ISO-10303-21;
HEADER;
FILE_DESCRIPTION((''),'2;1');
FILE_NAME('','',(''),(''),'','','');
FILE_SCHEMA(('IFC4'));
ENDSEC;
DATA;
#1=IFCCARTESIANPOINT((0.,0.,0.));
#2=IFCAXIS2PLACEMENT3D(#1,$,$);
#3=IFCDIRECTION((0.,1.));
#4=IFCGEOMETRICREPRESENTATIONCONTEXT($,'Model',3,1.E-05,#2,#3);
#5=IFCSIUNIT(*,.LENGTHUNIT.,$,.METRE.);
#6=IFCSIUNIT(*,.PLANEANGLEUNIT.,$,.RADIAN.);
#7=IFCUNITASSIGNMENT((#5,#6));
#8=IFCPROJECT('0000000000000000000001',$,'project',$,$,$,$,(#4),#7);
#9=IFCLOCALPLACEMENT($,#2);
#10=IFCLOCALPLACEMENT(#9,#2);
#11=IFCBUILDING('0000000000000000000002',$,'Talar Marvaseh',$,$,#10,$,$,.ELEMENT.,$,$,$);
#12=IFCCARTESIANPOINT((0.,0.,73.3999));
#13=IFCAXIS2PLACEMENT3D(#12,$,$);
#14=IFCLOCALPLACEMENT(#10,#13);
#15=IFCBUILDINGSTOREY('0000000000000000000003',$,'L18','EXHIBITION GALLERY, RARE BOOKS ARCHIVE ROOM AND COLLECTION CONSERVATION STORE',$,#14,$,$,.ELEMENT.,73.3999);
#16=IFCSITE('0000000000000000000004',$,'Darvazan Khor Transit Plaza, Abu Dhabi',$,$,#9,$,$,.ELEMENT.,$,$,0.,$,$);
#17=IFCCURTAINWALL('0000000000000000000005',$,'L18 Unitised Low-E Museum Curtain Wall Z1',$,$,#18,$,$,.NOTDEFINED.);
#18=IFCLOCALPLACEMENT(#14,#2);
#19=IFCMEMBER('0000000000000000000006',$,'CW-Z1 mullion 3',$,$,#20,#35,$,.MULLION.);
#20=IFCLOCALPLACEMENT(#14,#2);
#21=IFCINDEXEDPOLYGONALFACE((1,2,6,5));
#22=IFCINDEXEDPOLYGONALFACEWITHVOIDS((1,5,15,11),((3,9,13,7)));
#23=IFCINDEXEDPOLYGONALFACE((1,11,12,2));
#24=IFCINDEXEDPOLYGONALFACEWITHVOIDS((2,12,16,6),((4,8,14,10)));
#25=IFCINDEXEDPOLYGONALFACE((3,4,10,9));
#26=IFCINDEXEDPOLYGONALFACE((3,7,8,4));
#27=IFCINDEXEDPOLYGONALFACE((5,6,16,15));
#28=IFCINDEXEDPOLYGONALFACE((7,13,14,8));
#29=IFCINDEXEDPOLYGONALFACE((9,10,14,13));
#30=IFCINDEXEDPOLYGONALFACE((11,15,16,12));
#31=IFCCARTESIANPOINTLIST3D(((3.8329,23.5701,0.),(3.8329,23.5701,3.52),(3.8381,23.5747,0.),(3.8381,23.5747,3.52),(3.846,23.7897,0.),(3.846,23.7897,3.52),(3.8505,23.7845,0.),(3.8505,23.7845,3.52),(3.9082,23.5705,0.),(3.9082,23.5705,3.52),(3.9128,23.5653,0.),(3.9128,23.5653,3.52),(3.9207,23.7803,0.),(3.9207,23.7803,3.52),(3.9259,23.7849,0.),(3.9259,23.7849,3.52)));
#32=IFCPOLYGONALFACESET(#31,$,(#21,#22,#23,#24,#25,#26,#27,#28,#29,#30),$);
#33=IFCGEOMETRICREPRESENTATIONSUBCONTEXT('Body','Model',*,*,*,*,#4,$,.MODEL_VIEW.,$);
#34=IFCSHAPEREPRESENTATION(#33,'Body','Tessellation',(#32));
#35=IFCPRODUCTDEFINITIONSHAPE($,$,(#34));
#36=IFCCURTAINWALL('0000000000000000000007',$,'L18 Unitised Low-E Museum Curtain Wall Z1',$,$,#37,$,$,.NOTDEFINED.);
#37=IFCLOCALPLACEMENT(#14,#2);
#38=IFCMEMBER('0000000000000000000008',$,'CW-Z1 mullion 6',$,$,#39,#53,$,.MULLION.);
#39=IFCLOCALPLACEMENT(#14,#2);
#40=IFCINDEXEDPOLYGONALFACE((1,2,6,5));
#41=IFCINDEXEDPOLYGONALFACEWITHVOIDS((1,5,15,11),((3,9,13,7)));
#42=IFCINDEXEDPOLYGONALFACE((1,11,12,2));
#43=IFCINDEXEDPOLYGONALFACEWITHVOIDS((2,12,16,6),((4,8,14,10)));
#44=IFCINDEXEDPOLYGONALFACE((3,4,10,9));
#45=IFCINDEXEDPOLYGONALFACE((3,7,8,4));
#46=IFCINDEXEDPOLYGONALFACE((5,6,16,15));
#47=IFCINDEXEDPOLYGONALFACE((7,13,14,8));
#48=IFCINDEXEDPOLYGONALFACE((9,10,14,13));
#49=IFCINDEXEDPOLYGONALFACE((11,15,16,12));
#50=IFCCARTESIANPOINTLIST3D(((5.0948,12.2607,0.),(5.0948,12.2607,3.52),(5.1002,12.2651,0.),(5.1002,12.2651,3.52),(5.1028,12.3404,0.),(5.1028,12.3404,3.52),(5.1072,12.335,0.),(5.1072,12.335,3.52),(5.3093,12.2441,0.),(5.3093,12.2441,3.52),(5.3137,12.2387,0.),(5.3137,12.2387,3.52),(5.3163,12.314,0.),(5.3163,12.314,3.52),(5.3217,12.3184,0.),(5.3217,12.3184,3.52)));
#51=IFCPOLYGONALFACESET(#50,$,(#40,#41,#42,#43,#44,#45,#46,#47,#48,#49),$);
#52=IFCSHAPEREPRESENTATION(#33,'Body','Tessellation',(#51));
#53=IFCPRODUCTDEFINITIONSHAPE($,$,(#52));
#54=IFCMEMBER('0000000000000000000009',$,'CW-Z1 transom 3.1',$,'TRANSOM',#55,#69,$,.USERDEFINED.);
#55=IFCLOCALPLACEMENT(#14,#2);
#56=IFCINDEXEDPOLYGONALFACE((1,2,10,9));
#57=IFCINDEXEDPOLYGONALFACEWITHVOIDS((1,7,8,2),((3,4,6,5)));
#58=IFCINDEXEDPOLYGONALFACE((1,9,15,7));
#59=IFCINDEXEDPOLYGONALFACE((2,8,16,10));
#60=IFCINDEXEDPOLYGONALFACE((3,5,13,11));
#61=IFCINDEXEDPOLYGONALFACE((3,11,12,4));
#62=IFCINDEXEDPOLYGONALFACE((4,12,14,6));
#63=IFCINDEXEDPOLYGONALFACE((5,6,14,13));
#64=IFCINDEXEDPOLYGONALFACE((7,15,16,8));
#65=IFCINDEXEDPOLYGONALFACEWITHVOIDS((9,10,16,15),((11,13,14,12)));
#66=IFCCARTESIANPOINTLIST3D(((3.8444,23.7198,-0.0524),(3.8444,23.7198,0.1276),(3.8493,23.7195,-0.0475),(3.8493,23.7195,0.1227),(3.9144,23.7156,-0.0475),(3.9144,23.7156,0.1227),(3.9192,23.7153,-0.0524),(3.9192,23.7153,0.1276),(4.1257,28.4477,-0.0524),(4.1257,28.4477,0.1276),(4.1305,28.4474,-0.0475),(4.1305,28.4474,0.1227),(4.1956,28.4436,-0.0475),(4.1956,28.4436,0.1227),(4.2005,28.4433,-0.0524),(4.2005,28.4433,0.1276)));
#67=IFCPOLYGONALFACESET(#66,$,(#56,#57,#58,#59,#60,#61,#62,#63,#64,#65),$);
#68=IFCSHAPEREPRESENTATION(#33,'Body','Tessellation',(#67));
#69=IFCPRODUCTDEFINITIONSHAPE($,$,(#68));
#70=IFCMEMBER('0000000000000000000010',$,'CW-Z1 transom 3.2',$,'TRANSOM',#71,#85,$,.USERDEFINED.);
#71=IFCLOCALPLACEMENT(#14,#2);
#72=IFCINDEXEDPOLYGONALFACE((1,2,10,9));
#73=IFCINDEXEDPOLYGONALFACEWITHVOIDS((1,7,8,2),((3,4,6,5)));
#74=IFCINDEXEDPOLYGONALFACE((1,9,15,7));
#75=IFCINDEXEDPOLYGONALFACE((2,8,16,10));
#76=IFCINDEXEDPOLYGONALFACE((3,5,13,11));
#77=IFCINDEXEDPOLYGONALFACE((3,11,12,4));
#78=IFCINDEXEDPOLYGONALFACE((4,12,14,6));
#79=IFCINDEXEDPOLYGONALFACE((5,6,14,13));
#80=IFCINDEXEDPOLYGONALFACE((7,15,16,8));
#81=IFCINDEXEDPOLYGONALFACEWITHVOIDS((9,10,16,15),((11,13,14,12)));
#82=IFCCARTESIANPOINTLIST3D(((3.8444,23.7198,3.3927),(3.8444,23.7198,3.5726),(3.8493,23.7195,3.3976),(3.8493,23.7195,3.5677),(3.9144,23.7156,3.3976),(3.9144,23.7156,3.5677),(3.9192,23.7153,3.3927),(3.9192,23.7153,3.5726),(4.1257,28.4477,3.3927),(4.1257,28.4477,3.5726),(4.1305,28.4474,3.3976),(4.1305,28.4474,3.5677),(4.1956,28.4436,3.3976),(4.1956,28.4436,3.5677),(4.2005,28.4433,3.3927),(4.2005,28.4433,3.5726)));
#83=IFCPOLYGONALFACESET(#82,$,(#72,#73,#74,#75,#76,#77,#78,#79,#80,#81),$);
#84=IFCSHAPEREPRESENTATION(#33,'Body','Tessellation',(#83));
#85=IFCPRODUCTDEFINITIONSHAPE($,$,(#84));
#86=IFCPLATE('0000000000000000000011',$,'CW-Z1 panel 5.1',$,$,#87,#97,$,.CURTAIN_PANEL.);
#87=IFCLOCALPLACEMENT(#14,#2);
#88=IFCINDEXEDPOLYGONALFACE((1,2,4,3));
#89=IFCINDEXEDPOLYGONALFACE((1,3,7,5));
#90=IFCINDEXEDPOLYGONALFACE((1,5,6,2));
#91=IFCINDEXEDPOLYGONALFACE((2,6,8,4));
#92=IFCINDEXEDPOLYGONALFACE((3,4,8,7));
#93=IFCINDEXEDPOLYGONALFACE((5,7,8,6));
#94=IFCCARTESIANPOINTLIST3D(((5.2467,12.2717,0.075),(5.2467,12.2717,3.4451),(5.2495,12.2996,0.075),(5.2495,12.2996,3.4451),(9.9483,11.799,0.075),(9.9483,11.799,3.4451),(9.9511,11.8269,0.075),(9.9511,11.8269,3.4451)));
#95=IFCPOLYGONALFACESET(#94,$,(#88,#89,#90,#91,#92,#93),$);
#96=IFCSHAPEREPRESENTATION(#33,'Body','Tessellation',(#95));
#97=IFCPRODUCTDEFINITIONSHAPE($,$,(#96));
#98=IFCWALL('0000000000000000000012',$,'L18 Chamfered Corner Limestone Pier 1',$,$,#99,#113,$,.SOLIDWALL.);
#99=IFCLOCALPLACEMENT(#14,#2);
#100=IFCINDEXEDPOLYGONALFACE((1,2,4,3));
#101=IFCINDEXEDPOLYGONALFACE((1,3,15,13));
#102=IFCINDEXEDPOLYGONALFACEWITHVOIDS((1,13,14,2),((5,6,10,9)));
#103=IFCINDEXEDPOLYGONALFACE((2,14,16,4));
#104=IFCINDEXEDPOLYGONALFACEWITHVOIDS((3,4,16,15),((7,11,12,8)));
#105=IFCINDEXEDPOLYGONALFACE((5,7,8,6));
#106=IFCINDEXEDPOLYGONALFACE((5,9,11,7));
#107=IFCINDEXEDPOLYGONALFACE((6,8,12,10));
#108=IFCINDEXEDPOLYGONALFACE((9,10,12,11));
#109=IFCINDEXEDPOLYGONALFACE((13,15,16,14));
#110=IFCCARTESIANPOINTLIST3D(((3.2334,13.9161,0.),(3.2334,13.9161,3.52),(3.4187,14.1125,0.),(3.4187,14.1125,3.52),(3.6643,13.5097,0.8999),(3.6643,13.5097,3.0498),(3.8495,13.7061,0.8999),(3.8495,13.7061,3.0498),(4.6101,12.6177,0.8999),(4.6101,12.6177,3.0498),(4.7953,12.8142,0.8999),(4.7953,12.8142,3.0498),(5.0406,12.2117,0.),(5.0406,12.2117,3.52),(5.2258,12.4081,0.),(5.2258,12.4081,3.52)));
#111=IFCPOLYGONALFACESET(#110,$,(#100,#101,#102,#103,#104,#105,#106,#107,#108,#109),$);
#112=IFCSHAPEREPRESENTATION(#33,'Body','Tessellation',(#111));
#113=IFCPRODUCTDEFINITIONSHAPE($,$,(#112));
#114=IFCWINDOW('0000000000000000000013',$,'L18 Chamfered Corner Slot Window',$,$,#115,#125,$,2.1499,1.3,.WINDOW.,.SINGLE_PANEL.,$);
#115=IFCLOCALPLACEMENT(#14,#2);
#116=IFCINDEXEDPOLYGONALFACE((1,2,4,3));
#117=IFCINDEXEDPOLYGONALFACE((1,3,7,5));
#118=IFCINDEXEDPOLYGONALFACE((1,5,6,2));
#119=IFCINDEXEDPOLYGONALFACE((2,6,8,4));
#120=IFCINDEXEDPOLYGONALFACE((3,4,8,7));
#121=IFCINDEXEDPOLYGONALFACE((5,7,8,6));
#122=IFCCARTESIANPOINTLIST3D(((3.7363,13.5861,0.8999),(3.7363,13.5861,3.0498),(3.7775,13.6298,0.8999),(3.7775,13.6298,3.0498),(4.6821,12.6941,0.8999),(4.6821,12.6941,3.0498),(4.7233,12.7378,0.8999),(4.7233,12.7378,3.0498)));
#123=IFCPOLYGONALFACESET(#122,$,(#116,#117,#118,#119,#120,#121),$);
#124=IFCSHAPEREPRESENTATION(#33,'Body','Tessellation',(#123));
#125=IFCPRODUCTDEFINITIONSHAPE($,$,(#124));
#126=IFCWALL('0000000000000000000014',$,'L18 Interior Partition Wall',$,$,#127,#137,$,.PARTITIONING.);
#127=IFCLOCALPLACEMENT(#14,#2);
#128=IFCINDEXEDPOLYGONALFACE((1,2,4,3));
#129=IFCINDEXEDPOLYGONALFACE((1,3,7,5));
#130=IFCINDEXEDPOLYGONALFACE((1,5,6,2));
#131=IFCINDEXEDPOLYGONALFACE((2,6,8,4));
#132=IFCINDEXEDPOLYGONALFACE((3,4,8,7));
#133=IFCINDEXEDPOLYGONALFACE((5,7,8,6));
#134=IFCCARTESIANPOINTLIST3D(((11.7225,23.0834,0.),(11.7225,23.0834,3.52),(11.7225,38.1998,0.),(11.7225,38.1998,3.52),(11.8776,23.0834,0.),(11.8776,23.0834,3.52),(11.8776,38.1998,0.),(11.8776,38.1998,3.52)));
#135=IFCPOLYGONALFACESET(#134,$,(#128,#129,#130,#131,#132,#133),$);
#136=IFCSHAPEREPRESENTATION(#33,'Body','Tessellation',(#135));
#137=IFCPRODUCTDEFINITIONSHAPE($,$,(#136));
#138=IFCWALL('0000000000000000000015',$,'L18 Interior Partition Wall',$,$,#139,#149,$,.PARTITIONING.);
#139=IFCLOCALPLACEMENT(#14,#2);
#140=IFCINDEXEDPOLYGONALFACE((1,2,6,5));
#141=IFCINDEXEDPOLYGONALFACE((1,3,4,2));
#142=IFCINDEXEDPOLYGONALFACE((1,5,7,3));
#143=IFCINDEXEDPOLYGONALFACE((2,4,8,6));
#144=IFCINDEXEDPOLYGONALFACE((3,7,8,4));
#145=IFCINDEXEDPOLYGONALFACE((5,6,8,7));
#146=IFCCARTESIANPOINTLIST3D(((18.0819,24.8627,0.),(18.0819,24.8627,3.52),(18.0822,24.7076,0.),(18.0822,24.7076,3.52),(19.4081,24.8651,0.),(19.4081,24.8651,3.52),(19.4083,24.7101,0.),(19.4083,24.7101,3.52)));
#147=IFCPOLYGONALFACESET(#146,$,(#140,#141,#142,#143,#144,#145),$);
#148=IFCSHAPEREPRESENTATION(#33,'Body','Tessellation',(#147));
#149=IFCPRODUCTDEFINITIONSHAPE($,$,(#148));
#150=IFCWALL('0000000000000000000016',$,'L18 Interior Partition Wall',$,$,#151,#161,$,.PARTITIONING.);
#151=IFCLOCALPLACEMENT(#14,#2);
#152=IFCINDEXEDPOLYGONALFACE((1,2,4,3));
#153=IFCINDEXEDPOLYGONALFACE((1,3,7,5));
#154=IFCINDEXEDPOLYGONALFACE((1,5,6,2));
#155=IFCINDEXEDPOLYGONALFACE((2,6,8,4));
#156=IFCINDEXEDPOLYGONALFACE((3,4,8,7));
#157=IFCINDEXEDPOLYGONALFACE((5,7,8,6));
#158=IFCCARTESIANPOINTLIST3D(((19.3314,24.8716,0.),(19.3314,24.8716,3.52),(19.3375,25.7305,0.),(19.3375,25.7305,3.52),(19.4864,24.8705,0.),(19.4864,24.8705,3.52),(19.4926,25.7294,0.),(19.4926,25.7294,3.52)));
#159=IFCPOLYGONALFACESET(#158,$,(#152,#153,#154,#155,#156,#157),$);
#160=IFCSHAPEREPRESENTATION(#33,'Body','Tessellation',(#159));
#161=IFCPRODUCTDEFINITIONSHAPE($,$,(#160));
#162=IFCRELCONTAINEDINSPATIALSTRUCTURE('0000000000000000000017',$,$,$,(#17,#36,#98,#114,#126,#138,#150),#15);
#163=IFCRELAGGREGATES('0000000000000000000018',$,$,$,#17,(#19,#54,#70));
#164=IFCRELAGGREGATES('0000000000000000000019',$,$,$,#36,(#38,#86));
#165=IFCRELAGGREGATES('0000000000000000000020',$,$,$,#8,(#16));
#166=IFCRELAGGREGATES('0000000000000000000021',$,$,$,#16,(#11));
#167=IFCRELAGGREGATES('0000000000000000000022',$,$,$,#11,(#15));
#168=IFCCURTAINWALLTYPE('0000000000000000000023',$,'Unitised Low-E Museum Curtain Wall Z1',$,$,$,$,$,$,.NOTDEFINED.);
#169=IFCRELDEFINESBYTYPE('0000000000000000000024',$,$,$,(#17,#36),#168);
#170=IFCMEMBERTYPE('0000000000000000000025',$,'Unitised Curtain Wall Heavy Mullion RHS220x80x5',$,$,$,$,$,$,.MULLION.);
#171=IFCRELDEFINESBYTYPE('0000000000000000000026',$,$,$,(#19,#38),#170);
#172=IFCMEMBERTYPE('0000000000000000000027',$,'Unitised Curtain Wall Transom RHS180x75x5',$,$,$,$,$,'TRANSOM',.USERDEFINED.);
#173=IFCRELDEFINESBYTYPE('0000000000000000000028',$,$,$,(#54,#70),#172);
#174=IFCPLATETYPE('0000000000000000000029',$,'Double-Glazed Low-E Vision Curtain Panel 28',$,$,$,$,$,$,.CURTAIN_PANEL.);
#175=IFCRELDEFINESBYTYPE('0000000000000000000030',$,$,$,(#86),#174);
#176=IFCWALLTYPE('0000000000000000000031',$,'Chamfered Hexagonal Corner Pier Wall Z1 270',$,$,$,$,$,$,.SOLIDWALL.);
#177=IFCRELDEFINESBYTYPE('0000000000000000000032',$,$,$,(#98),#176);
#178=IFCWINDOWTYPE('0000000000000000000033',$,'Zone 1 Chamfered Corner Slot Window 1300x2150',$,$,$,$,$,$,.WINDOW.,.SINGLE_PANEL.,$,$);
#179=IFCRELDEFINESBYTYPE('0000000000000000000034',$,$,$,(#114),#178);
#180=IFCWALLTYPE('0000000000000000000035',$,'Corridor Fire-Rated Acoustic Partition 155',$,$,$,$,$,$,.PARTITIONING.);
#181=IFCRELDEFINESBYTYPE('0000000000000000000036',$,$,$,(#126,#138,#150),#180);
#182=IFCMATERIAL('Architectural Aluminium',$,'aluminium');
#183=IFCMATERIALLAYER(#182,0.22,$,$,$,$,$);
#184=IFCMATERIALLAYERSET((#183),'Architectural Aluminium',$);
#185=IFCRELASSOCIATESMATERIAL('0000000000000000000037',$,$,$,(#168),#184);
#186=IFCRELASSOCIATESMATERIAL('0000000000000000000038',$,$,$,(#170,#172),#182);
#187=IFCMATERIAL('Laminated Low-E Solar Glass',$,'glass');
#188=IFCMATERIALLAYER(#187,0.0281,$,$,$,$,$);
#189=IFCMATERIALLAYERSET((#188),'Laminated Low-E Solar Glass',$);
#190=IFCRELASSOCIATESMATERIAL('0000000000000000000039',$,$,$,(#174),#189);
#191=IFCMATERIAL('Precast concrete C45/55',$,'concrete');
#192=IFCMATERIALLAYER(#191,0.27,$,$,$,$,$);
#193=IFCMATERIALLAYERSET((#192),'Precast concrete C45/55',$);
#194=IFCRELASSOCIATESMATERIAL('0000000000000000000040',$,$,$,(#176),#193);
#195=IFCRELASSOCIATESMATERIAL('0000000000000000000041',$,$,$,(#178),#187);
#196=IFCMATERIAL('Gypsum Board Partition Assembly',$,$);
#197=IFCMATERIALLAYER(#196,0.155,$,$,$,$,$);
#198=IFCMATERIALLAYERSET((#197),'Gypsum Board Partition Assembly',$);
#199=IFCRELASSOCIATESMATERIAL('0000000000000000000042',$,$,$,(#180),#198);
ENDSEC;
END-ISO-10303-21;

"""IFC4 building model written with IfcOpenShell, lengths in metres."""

from ifc_helpers import new_model, si_unit, direction, frame, frame_2d, origin, origin_2d, place, context, subcontext, project, spatial, rectangle, hollow_rectangle, extrude, source, transform, mapped, material, layer, layer_set, material_profile, profile_set, type_object, type_shapes, element, fill, aggregate, save


model = new_model("IFC4")

# Units and contexts
model_context = context("Model", 3, precision=1e-05, world=origin(), true_north=direction((0.0, 1.0)))
body_context = subcontext(model_context, "Body", "Model", "MODEL_VIEW")
ifc_project = project(units=[si_unit("LENGTHUNIT", "METRE"), si_unit("PLANEANGLEUNIT", "RADIAN")], contexts=[model_context])

# Site, building, storey
site_placement = place(None, origin())
site = spatial("IfcSite", under=ifc_project, at=site_placement, Name="Darvazan Khor Transit Plaza, Abu Dhabi", CompositionType="ELEMENT", RefElevation=0.0)
building_placement = place(site_placement, origin())
building = spatial("IfcBuilding", under=site, at=building_placement, Name="Talar Marvaseh", CompositionType="ELEMENT")
storey_placement = place(building_placement, frame((0.0, 0.0, 73.3999)))
storey = spatial("IfcBuildingStorey", under=building, at=storey_placement, Name="L18", Description="EXHIBITION GALLERY, RARE BOOKS ARCHIVE ROOM AND COLLECTION CONSERVATION STORE", CompositionType="ELEMENT", Elevation=73.3999)

# Curtain walls, members
ifc_material_1 = material(Name="Architectural Aluminium", Category="aluminium")
ifc_layer_1 = layer(ifc_material_1, 0.22)
ifc_layer_set_1 = layer_set([ifc_layer_1], Name="Architectural Aluminium")
curtain_wall_type = type_object("IfcCurtainWallType", Name="Unitised Low-E Museum Curtain Wall Z1", PredefinedType="NOTDEFINED", material=ifc_layer_set_1)
curtain_wall_1_placement = place(storey_placement, origin())
curtain_wall_1 = element("IfcCurtainWall", 1, at=curtain_wall_1_placement, inside=storey, type_object=curtain_wall_type, Name="L18 Unitised Low-E Museum Curtain Wall Z1", PredefinedType="NOTDEFINED")
ifc_material_profile_1 = material_profile(ifc_material_1, hollow_rectangle(XDim=0.0801, YDim=0.22, WallThickness=0.0049, at=origin_2d()), Name="RHS220x80x5")
ifc_profile_set_1 = profile_set([ifc_material_profile_1], Name="Architectural Aluminium")
member_type_1 = type_object("IfcMemberType", Name="Unitised Curtain Wall Heavy Mullion RHS220x80x5", PredefinedType="MULLION", material=ifc_profile_set_1)
shared_shape_1 = source(origin(), body_context, "Body", "SweptSolid", [
    extrude(hollow_rectangle(XDim=0.0801, YDim=0.22, WallThickness=0.0049, at=origin_2d()), origin(), (0.0, 0.0, 1.0), 3.52),
])
type_shapes(member_type_1, [shared_shape_1])
member_1_placement = place(storey_placement, frame((3.8794, 23.6775, 0.0), z_axis=(0.0, 0.0, 1.0), x_axis=(-0.998236, 0.059373, 0.0)))
member_1 = element("IfcMember", 2, at=member_1_placement, type_object=member_type_1, Name="CW-Z1 mullion 3", PredefinedType="MULLION", context=body_context, shape_type="MappedRepresentation", body=[
    mapped(shared_shape_1, transform((0.0, 0.0, 0.0), x_axis=(1.0, 0.0, 0.0), y_axis=(0.0, 1.0, 0.0), z_axis=(0.0, 0.0, 1.0), scale=1.0)),
])
curtain_wall_2_placement = place(storey_placement, origin())
curtain_wall_2 = element("IfcCurtainWall", 3, at=curtain_wall_2_placement, inside=storey, type_object=curtain_wall_type, Name="L18 Unitised Low-E Museum Curtain Wall Z1", PredefinedType="NOTDEFINED")
member_2_placement = place(storey_placement, frame((5.2083, 12.2896, 0.0), z_axis=(0.0, 0.0, 1.0), x_axis=(-0.100034, -0.994984, 0.0)))
member_2 = element("IfcMember", 4, at=member_2_placement, type_object=member_type_1, Name="CW-Z1 mullion 6", PredefinedType="MULLION", context=body_context, shape_type="MappedRepresentation", body=[
    mapped(shared_shape_1, transform((0.0, 0.0, 0.0), x_axis=(1.0, 0.0, 0.0), y_axis=(0.0, 1.0, 0.0), z_axis=(0.0, 0.0, 1.0), scale=1.0)),
])

# Members
ifc_material_profile_2 = material_profile(ifc_material_1, hollow_rectangle(XDim=0.075, YDim=0.1799, WallThickness=0.0049, at=origin_2d()), Name="RHS180x75x5")
ifc_profile_set_2 = profile_set([ifc_material_profile_2], Name="Architectural Aluminium")
member_type_2 = type_object("IfcMemberType", Name="Unitised Curtain Wall Transom RHS180x75x5", ElementType="TRANSOM", PredefinedType="USERDEFINED", material=ifc_profile_set_2)
shared_shape_2 = source(origin(), body_context, "Body", "SweptSolid", [
    extrude(hollow_rectangle(XDim=0.075, YDim=0.1799, WallThickness=0.0049, at=origin_2d()), origin(), (0.0, 0.0, 1.0), 4.7363),
])
type_shapes(member_type_2, [shared_shape_2])
member_3_placement = place(storey_placement, frame((3.8818, 23.7175, 0.0376), z_axis=(0.059381, 0.998235, 0.0), x_axis=(-0.998235, 0.059381, 0.0)))
member_3 = element("IfcMember", 5, at=member_3_placement, type_object=member_type_2, Name="CW-Z1 transom 3.1", ObjectType="TRANSOM", PredefinedType="USERDEFINED", context=body_context, shape_type="MappedRepresentation", body=[
    mapped(shared_shape_2, transform((0.0, 0.0, 0.0), x_axis=(1.0, 0.0, 0.0), y_axis=(0.0, 1.0, 0.0), z_axis=(0.0, 0.0, 1.0), scale=1.0)),
])
member_4_placement = place(storey_placement, frame((3.8818, 23.7175, 3.4827), z_axis=(0.059381, 0.998235, 0.0), x_axis=(-0.998235, 0.059381, 0.0)))
member_4 = element("IfcMember", 6, at=member_4_placement, type_object=member_type_2, Name="CW-Z1 transom 3.2", ObjectType="TRANSOM", PredefinedType="USERDEFINED", context=body_context, shape_type="MappedRepresentation", body=[
    mapped(shared_shape_2, transform((0.0, 0.0, 0.0), x_axis=(1.0, 0.0, 0.0), y_axis=(0.0, 1.0, 0.0), z_axis=(0.0, 0.0, 1.0), scale=1.0)),
])
aggregate(curtain_wall_1, [member_1, member_3, member_4])

# Plate
ifc_material_2 = material(Name="Laminated Low-E Solar Glass", Category="glass")
ifc_layer_2 = layer(ifc_material_2, 0.0281)
ifc_layer_set_2 = layer_set([ifc_layer_2], Name="Laminated Low-E Solar Glass")
plate_type = type_object("IfcPlateType", Name="Double-Glazed Low-E Vision Curtain Panel 28", PredefinedType="CURTAIN_PANEL", material=ifc_layer_set_2)
shared_shape_3 = source(origin(), body_context, "Body", "SweptSolid", [
    extrude(rectangle(XDim=4.7253, YDim=0.0281, at=origin_2d()), origin(), (0.0, 0.0, 1.0), 3.3701),
])
type_shapes(plate_type, [shared_shape_3])
plate_placement = place(storey_placement, frame((7.5989, 12.0493, 0.075), z_axis=(0.0, 0.0, 1.0), x_axis=(-0.994984, 0.100034, 0.0)))
plate = element("IfcPlate", 7, at=plate_placement, type_object=plate_type, Name="CW-Z1 panel 5.1", PredefinedType="CURTAIN_PANEL", context=body_context, shape_type="MappedRepresentation", body=[
    mapped(shared_shape_3, transform((0.0, 0.0, 0.0), x_axis=(1.0, 0.0, 0.0), y_axis=(0.0, 1.0, 0.0), z_axis=(0.0, 0.0, 1.0), scale=1.0)),
])
aggregate(curtain_wall_2, [member_2, plate])

# Wall, opening, window
ifc_material_3 = material(Name="Precast concrete C45/55", Category="concrete")
ifc_layer_3 = layer(ifc_material_3, 0.27)
ifc_layer_set_3 = layer_set([ifc_layer_3], Name="Precast concrete C45/55")
wall_type_1 = type_object("IfcWallType", Name="Chamfered Hexagonal Corner Pier Wall Z1 270", PredefinedType="SOLIDWALL", material=ifc_layer_set_3)
wall_1_placement = place(storey_placement, frame((5.1333, 12.3098, 0.0), z_axis=(0.0, 0.0, 1.0), x_axis=(-0.727493, 0.686115, 0.0)))
wall_1 = element("IfcWall", 8, at=wall_1_placement, inside=storey, type_object=wall_type_1, Name="L18 Chamfered Corner Limestone Pier 1", PredefinedType="SOLIDWALL", context=body_context, shape_type="SweptSolid", body=[
    extrude(rectangle(XDim=2.4841, YDim=0.27, at=frame_2d((1.2422, 0.0))), origin(), (0.0, 0.0, 1.0), 3.52),
])
opening_placement = place(wall_1_placement, frame((0.592, 0.0, 0.8999)))
opening = element("IfcOpeningElement", 9, at=opening_placement, cuts=wall_1, PredefinedType="OPENING", context=body_context, shape_type="SweptSolid", body=[
    extrude(rectangle(XDim=1.3, YDim=2.1499, at=frame_2d((0.6499, 1.075))), frame((0.0, 0.145, 0.0), z_axis=(0.0, -1.0, 0.0), x_axis=(1.0, 0.0, 0.0)), (0.0, 0.0, 1.0), 0.29),
])
window_type = type_object("IfcWindowType", Name="Zone 1 Chamfered Corner Slot Window 1300x2150", PartitioningType="SINGLE_PANEL", PredefinedType="WINDOW", material=ifc_material_2)
shared_shape_4 = source(origin(), body_context, "Body", "SweptSolid", [
    extrude(rectangle(XDim=1.3, YDim=2.1499, at=frame_2d((0.6499, 1.075))), frame((0.0, 0.03, 0.0), z_axis=(0.0, -1.0, 0.0), x_axis=(1.0, 0.0, 0.0)), (0.0, 0.0, 1.0), 0.0601),
])
type_shapes(window_type, [shared_shape_4])
window_placement = place(opening_placement, origin())
window = element("IfcWindow", 10, at=window_placement, inside=storey, type_object=window_type, Name="L18 Chamfered Corner Slot Window", OverallHeight=2.1499, OverallWidth=1.3, PartitioningType="SINGLE_PANEL", PredefinedType="WINDOW", context=body_context, shape_type="MappedRepresentation", body=[
    mapped(shared_shape_4, transform((0.0, 0.0, 0.0), x_axis=(1.0, 0.0, 0.0), y_axis=(0.0, 1.0, 0.0), z_axis=(0.0, 0.0, 1.0), scale=1.0)),
])
fill(opening, window)

# Walls
ifc_material_4 = material(Name="Gypsum Board Partition Assembly")
ifc_layer_4 = layer(ifc_material_4, 0.155)
ifc_layer_set_4 = layer_set([ifc_layer_4], Name="Gypsum Board Partition Assembly")
wall_type_2 = type_object("IfcWallType", Name="Corridor Fire-Rated Acoustic Partition 155", PredefinedType="PARTITIONING", material=ifc_layer_set_4)
wall_2_placement = place(storey_placement, frame((11.8, 23.0835, 0.0), z_axis=(0.0, 0.0, 1.0), x_axis=(0.0, 1.0, 0.0)))
element("IfcWall", 11, at=wall_2_placement, inside=storey, type_object=wall_type_2, Name="L18 Interior Partition Wall", PredefinedType="PARTITIONING", context=body_context, shape_type="SweptSolid", body=[
    extrude(rectangle(XDim=15.1165, YDim=0.155, at=frame_2d((7.5581, 0.0))), origin(), (0.0, 0.0, 1.0), 3.52),
])
wall_3_placement = place(storey_placement, frame((18.082, 24.7852, 0.0), z_axis=(0.0, 0.0, 1.0), x_axis=(0.999998, 0.001841, 0.0)))
element("IfcWall", 12, at=wall_3_placement, inside=storey, type_object=wall_type_2, Name="L18 Interior Partition Wall", PredefinedType="PARTITIONING", context=body_context, shape_type="SweptSolid", body=[
    extrude(rectangle(XDim=1.3262, YDim=0.155, at=frame_2d((0.6631, 0.0))), origin(), (0.0, 0.0, 1.0), 3.52),
])
wall_4_placement = place(storey_placement, frame((19.4089, 24.8711, 0.0), z_axis=(0.0, 0.0, 1.0), x_axis=(0.007106, 0.999975, 0.0)))
element("IfcWall", 13, at=wall_4_placement, inside=storey, type_object=wall_type_2, Name="L18 Interior Partition Wall", PredefinedType="PARTITIONING", context=body_context, shape_type="SweptSolid", body=[
    extrude(rectangle(XDim=0.8589, YDim=0.155, at=frame_2d((0.4294, 0.0))), origin(), (0.0, 0.0, 1.0), 3.52),
])

save(model, "model.ifc")
